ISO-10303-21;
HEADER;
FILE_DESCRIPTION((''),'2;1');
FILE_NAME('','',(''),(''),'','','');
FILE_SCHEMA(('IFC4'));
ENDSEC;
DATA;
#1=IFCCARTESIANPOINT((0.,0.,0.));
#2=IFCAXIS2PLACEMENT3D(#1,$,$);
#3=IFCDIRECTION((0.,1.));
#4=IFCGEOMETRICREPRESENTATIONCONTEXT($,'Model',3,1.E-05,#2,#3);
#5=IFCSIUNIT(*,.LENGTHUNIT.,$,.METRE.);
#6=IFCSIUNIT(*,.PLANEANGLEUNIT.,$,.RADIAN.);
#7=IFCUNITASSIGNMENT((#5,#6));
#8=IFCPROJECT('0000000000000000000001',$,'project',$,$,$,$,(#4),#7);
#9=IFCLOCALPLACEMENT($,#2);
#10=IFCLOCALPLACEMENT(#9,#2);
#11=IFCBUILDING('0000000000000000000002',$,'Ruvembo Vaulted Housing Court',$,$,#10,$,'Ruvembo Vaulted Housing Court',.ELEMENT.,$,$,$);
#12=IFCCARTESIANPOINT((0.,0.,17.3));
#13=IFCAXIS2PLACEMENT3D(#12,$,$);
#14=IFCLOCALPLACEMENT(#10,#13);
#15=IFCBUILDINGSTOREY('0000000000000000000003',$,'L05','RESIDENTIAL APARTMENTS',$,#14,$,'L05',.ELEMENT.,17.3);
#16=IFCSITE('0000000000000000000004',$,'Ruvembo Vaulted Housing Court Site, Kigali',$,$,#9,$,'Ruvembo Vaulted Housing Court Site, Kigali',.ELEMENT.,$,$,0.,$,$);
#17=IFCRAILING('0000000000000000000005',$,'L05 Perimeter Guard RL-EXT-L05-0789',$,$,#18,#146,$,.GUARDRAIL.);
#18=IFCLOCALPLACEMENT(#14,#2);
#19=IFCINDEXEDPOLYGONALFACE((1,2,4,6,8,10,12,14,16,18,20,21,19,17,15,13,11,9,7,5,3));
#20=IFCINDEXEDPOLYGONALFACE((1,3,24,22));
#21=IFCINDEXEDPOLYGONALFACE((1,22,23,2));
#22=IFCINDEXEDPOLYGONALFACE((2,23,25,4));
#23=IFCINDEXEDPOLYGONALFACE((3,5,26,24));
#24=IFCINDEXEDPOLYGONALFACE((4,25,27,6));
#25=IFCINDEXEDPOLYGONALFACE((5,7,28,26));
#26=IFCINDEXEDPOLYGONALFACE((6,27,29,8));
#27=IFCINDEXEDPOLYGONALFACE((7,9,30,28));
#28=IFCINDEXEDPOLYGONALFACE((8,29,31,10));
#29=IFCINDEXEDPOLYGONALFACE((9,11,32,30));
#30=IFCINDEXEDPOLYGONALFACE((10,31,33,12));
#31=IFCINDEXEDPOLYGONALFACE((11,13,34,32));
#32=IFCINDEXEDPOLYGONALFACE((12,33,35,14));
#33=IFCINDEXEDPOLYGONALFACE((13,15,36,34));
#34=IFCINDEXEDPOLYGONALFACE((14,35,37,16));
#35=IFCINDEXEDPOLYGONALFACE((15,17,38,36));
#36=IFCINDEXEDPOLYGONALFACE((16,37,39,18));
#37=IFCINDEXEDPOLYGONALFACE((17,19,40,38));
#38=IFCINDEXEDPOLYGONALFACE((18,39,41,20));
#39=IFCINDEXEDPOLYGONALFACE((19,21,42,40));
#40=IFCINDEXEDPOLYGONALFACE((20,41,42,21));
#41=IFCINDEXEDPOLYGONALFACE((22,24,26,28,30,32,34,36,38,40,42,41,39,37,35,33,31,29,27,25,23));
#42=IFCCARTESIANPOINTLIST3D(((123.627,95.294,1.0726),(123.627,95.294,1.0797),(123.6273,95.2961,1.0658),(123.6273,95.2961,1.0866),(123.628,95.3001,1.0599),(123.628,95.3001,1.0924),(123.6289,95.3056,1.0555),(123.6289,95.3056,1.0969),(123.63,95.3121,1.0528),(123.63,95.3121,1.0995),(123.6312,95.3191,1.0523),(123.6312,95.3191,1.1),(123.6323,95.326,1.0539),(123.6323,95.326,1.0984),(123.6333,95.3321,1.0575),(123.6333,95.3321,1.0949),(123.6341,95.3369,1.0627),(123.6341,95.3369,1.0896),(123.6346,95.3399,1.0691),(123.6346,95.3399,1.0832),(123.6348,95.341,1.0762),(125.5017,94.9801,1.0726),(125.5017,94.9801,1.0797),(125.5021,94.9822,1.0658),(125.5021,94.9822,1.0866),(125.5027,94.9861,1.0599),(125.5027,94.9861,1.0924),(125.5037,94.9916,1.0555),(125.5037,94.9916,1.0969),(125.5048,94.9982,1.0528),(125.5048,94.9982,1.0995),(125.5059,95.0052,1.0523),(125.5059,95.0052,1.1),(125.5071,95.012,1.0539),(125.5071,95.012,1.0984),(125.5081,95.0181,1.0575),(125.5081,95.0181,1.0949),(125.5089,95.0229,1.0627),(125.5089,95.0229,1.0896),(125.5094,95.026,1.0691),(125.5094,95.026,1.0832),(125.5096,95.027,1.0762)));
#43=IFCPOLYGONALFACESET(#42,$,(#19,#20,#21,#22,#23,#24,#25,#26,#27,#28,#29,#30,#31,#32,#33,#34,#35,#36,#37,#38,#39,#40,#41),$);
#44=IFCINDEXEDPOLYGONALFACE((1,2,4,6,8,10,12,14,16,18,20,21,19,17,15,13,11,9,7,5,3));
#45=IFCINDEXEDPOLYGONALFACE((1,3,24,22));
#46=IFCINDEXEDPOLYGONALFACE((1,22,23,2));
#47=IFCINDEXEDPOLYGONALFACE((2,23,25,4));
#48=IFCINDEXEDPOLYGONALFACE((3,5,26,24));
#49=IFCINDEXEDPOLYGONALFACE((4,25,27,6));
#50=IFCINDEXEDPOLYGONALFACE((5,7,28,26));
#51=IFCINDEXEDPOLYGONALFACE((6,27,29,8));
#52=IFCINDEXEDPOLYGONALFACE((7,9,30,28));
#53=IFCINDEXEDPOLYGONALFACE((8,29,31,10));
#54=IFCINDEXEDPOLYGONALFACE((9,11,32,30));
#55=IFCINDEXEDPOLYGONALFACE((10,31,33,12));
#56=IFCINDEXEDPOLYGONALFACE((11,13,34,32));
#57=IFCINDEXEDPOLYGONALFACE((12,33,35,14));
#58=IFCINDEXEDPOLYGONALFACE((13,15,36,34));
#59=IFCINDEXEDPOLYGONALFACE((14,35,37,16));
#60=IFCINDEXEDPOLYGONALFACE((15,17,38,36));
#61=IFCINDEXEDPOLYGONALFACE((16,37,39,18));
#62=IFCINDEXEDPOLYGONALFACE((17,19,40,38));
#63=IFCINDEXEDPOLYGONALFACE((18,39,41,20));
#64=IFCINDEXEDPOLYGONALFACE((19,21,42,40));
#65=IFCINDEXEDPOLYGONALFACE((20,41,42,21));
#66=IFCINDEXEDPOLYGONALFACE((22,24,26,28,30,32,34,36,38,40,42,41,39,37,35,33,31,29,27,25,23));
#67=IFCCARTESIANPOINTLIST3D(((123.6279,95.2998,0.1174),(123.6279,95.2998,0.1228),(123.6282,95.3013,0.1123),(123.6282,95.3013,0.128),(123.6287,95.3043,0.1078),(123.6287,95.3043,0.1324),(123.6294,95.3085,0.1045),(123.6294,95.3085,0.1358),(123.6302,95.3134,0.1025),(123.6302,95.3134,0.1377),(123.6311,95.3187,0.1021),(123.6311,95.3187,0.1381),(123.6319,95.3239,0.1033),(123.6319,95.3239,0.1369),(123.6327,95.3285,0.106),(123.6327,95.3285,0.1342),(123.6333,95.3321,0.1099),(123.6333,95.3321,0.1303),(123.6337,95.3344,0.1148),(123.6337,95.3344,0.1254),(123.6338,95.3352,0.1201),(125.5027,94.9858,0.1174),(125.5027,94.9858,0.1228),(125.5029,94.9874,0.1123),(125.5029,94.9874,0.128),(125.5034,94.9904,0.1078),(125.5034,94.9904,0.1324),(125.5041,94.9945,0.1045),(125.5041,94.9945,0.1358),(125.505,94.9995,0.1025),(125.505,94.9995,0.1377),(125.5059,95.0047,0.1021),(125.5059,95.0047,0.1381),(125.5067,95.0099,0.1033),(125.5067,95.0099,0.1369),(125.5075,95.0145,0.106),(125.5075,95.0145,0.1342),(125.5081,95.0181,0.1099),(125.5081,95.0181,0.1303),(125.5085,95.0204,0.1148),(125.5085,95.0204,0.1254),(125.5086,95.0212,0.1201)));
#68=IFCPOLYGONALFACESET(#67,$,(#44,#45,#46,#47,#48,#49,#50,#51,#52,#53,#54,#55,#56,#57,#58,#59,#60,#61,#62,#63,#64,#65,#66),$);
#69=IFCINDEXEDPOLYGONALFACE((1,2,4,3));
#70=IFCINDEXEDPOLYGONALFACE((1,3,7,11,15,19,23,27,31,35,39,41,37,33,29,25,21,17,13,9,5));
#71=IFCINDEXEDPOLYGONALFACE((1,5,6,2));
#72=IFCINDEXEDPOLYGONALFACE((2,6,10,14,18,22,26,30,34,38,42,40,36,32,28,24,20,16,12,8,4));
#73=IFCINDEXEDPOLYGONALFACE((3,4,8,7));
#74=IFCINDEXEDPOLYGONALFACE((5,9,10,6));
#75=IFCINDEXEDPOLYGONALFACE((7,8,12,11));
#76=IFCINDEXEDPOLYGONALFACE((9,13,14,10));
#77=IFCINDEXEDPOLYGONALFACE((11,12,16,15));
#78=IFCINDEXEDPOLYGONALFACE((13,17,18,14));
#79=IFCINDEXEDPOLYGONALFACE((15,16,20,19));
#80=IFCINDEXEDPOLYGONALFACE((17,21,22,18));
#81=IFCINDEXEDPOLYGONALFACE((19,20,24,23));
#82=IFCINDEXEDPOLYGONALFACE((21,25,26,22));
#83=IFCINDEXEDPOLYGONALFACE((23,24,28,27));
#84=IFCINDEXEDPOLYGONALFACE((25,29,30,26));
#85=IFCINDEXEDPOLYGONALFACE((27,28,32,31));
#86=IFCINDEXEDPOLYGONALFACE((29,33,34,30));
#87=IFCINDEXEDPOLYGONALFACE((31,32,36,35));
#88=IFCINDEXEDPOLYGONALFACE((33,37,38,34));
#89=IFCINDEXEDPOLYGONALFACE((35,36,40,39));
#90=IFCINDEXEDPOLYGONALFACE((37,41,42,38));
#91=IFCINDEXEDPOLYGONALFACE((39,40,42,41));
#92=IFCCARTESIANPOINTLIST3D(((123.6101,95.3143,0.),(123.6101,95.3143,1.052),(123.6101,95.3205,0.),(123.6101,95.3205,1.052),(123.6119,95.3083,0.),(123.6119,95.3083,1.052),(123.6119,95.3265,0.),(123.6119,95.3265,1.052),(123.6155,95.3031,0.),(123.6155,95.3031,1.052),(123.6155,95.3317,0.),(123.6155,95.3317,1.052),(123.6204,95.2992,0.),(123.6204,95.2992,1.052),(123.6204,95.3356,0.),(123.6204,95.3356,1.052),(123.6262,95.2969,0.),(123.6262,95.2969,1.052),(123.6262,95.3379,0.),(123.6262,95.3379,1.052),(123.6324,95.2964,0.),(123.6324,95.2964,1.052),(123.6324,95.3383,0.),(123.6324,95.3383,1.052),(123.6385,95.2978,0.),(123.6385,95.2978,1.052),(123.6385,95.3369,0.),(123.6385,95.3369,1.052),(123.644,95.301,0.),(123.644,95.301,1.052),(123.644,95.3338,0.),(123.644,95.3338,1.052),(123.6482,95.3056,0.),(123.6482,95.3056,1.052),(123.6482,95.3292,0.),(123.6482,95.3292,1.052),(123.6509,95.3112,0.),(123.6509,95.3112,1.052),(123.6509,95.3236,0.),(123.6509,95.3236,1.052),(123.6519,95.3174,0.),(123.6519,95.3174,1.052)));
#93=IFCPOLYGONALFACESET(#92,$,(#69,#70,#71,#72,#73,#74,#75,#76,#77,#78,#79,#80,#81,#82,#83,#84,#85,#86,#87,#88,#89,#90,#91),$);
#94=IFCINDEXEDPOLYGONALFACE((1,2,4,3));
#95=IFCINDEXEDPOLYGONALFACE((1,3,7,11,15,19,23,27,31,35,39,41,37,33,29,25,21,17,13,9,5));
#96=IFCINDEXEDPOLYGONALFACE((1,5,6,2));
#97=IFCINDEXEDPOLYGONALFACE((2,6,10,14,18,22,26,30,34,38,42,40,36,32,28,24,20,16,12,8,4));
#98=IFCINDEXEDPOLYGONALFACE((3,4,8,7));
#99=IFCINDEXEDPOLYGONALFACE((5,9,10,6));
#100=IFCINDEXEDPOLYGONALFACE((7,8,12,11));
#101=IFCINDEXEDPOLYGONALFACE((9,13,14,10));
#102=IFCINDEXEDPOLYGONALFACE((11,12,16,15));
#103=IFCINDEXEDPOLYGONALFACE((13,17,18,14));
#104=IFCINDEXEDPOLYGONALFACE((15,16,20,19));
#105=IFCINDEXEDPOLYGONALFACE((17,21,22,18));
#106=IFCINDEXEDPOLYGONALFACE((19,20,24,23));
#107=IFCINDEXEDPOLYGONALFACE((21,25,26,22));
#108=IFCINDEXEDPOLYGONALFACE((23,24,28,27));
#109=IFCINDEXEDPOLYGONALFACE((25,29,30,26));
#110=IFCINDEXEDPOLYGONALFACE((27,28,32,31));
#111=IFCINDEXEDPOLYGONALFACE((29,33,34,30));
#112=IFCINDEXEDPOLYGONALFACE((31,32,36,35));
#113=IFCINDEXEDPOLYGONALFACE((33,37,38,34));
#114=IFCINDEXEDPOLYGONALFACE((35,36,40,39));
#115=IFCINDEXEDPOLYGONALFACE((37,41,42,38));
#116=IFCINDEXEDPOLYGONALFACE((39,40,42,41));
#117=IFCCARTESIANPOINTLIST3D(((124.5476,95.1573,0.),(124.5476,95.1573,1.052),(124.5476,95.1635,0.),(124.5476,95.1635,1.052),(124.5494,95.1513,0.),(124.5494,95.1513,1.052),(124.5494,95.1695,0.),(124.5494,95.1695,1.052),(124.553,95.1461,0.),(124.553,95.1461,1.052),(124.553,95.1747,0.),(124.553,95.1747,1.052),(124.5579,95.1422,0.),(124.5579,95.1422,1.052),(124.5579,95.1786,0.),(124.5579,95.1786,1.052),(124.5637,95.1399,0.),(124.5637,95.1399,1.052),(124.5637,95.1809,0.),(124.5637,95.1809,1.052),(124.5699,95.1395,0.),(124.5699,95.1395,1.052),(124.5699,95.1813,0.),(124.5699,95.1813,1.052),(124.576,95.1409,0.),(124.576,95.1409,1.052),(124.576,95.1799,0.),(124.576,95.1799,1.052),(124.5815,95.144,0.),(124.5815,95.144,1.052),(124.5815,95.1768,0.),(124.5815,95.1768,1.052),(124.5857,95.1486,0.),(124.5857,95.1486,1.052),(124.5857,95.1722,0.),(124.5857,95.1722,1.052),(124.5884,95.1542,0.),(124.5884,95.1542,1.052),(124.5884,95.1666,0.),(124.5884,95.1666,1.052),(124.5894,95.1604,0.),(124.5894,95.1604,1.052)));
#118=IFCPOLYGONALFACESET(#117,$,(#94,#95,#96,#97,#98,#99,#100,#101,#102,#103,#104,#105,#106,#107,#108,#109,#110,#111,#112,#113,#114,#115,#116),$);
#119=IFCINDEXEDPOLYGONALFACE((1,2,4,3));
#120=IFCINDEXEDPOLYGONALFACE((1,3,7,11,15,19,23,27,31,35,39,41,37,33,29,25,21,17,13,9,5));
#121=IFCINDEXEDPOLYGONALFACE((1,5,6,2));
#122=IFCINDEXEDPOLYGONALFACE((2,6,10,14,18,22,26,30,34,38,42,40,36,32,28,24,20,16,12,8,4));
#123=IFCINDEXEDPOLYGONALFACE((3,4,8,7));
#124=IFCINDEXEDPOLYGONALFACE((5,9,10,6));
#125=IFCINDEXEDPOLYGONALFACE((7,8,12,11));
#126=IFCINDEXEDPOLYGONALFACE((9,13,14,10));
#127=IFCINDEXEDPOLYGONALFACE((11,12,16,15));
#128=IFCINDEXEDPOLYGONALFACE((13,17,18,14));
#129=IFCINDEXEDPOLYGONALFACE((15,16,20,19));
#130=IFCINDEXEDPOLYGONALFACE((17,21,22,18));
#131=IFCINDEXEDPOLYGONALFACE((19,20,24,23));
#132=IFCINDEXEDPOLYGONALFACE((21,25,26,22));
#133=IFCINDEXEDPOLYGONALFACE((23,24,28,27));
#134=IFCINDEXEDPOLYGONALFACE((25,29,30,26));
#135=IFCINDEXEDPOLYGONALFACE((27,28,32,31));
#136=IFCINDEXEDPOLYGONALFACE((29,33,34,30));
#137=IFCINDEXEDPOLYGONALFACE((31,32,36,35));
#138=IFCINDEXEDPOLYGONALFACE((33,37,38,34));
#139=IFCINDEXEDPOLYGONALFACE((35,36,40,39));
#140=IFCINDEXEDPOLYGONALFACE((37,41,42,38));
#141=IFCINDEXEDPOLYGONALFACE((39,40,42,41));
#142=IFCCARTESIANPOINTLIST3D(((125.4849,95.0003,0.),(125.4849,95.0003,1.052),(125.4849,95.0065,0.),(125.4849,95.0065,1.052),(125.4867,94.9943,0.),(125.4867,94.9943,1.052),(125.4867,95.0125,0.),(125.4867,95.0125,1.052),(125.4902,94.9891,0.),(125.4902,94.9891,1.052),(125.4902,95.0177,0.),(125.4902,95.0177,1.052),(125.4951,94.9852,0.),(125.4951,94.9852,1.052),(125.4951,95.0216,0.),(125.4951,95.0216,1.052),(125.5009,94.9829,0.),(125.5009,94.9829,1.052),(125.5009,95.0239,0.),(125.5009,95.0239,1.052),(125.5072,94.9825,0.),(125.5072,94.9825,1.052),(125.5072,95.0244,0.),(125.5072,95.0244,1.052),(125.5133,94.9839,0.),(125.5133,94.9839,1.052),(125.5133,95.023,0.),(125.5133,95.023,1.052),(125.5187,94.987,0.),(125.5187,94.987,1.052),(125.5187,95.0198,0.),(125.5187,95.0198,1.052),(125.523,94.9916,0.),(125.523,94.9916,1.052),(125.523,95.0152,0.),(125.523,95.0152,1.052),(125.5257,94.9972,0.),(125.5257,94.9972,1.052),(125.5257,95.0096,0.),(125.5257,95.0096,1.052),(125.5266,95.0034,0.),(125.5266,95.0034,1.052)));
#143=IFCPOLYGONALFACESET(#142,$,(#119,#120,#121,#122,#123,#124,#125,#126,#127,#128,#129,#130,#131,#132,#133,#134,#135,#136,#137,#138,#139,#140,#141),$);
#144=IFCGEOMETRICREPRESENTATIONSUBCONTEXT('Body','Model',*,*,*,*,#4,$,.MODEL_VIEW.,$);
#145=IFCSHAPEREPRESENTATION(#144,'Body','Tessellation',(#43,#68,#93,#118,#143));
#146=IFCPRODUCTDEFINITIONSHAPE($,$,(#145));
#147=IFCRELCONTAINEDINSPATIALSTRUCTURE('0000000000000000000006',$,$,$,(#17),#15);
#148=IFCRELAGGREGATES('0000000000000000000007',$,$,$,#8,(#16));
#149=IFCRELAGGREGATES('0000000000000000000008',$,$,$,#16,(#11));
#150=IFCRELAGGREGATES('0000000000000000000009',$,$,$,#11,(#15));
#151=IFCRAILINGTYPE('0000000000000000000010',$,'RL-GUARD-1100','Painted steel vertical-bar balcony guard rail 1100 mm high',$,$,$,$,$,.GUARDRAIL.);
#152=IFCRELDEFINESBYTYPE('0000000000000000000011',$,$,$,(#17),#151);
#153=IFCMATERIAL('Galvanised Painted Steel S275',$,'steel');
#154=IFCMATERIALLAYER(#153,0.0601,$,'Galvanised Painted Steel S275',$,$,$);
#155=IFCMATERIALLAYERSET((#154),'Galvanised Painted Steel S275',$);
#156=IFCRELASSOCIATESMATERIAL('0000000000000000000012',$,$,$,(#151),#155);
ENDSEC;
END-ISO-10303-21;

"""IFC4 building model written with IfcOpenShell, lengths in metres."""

from ifc_helpers import new_model, si_unit, direction, frame, origin, origin_2d, place, context, subcontext, project, spatial, circle, extrude, material, layer, layer_set, type_object, element, save


model = new_model("IFC4")

# Units and contexts
model_context = context("Model", 3, precision=1e-05, world=origin(), true_north=direction((0.0, 1.0)))
body_context = subcontext(model_context, "Body", "Model", "MODEL_VIEW")
ifc_project = project(units=[si_unit("LENGTHUNIT", "METRE"), si_unit("PLANEANGLEUNIT", "RADIAN")], contexts=[model_context])

# Site, building, storey
site_placement = place(None, origin())
site = spatial("IfcSite", under=ifc_project, at=site_placement, Name="Ruvembo Vaulted Housing Court Site, Kigali", LongName="Ruvembo Vaulted Housing Court Site, Kigali", CompositionType="ELEMENT", RefElevation=0.0)
building_placement = place(site_placement, origin())
building = spatial("IfcBuilding", under=site, at=building_placement, Name="Ruvembo Vaulted Housing Court", LongName="Ruvembo Vaulted Housing Court", CompositionType="ELEMENT")
storey_placement = place(building_placement, frame((0.0, 0.0, 17.3)))
storey = spatial("IfcBuildingStorey", under=building, at=storey_placement, Name="L05", Description="RESIDENTIAL APARTMENTS", LongName="L05", CompositionType="ELEMENT", Elevation=17.3)

# Railing
ifc_material_1 = material(Name="Galvanised Painted Steel S275", Category="steel")
ifc_layer = layer(ifc_material_1, 0.0601, Name="Galvanised Painted Steel S275")
ifc_layer_set = layer_set([ifc_layer], Name="Galvanised Painted Steel S275")
railing_type = type_object("IfcRailingType", Name="RL-GUARD-1100", Description="Painted steel vertical-bar balcony guard rail 1100 mm high", PredefinedType="GUARDRAIL", material=ifc_layer_set)
railing_1_placement = place(storey_placement, frame((123.6309, 95.3174, 0.0)))
element("IfcRailing", 1, at=railing_1_placement, inside=storey, type_object=railing_type, Name="L05 Perimeter Guard RL-EXT-L05-0789", PredefinedType="GUARDRAIL", context=body_context, shape_type="SweptSolid", body=[
    extrude(circle(Radius=0.0239, at=origin_2d()), frame((0.0, 0.0, 1.0762), z_axis=(0.986265, -0.16517, 0.0), x_axis=(0.16517, 0.986265, 0.0)), (0.0, 0.0, 1.0), 1.9009),
    extrude(circle(Radius=0.0181, at=origin_2d()), frame((0.0, 0.0, 0.1201), z_axis=(0.986265, -0.16517, 0.0), x_axis=(0.16517, 0.986265, 0.0)), (0.0, 0.0, 1.0), 1.9009),
    extrude(circle(Radius=0.021, at=origin_2d()), origin(), (0.0, 0.0, 1.0), 1.052),
    extrude(circle(Radius=0.021, at=origin_2d()), frame((0.9375, -0.157, 0.0)), (0.0, 0.0, 1.0), 1.052),
    extrude(circle(Radius=0.021, at=origin_2d()), frame((1.8748, -0.314, 0.0)), (0.0, 0.0, 1.0), 1.052),
])

save(model, "model.ifc")
